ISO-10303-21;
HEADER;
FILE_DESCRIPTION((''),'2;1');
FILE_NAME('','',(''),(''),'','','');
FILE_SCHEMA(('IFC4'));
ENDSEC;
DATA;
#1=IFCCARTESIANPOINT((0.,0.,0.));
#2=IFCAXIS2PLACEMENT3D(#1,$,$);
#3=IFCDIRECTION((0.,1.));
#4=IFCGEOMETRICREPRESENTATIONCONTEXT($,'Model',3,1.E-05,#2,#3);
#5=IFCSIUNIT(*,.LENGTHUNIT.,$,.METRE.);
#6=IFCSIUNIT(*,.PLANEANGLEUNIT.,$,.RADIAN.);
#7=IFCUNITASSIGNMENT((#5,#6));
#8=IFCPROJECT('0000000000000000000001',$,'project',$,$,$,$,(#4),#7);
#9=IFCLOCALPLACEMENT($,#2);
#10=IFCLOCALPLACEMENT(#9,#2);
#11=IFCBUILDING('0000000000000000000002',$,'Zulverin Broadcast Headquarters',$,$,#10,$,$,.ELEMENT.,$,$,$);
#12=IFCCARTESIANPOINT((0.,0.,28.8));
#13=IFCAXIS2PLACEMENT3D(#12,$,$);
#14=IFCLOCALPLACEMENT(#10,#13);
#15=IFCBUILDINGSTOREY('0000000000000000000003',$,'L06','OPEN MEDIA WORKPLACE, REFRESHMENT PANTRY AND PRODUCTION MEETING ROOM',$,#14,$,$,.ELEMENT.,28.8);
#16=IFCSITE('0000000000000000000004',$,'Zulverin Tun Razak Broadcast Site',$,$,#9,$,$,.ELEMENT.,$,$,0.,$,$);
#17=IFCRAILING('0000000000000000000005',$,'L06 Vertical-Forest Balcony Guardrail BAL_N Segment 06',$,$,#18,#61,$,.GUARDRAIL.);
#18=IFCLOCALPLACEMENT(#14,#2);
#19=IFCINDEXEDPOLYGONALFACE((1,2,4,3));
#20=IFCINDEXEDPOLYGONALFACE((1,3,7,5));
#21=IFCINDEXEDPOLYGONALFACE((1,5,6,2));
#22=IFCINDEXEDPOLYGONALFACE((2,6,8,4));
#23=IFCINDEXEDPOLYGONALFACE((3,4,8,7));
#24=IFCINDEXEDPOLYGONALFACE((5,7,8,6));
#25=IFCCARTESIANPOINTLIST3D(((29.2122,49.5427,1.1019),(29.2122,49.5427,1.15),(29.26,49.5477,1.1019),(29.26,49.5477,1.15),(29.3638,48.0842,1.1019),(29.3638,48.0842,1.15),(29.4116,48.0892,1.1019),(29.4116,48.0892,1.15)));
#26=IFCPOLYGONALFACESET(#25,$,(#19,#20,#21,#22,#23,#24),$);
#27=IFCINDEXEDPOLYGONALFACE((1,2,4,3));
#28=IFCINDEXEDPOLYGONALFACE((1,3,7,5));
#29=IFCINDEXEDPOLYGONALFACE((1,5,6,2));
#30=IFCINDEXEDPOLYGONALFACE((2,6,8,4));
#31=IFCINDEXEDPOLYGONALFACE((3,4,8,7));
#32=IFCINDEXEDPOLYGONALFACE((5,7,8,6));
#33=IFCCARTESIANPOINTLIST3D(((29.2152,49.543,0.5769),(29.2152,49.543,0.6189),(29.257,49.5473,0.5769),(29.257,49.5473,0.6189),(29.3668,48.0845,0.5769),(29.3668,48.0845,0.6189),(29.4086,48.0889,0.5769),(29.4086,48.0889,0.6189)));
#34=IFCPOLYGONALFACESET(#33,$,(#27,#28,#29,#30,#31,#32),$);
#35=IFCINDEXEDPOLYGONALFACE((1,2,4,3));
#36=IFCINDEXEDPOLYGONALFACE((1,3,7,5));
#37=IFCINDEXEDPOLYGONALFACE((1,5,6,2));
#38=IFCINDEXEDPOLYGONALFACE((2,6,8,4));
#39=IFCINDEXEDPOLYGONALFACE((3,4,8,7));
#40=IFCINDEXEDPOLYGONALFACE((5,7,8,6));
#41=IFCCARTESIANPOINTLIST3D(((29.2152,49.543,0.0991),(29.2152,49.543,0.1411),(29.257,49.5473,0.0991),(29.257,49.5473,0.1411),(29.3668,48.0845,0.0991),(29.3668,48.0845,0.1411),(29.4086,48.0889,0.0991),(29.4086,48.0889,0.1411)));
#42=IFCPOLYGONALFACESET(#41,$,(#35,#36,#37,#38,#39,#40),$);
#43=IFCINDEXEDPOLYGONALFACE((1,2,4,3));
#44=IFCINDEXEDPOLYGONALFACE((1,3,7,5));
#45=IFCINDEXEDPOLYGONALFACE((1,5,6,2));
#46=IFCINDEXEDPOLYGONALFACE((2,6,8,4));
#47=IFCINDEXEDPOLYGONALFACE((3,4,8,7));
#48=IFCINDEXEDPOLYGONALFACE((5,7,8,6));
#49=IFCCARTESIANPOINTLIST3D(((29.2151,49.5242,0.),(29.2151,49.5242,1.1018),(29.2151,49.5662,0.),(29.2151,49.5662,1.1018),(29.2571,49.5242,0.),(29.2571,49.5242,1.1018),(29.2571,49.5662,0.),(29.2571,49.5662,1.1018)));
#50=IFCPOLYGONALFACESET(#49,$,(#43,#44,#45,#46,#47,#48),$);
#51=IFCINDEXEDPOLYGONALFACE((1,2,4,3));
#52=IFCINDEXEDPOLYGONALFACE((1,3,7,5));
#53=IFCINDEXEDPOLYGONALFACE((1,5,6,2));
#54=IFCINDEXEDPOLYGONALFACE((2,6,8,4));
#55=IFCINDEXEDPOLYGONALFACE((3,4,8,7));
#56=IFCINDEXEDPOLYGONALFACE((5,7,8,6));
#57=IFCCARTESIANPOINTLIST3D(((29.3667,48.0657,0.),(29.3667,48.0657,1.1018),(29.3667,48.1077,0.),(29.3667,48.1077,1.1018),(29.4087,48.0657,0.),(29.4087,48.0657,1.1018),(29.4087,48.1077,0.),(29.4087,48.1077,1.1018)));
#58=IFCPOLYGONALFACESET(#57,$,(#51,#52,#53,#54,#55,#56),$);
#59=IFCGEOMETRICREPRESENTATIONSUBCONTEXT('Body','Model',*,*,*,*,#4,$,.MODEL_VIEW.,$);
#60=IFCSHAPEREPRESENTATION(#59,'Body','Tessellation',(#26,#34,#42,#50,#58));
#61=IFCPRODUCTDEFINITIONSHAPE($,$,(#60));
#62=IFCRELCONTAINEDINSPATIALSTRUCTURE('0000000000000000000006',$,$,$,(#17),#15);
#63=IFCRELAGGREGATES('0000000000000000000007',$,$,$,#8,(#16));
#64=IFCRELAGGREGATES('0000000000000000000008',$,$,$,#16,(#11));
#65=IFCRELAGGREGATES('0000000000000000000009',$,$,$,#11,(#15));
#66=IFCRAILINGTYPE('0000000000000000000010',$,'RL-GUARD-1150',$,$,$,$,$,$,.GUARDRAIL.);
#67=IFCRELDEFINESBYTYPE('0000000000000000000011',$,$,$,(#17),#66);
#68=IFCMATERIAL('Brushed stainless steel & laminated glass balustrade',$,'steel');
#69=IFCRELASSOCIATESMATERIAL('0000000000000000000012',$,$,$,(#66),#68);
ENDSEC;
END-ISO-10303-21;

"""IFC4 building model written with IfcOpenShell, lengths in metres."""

from ifc_helpers import new_model, si_unit, direction, frame, origin, origin_2d, place, context, subcontext, project, spatial, rectangle, extrude, material, type_object, element, save


model = new_model("IFC4")

# Units and contexts
model_context = context("Model", 3, precision=1e-05, world=origin(), true_north=direction((0.0, 1.0)))
body_context = subcontext(model_context, "Body", "Model", "MODEL_VIEW")
ifc_project = project(units=[si_unit("LENGTHUNIT", "METRE"), si_unit("PLANEANGLEUNIT", "RADIAN")], contexts=[model_context])

# Site, building, storey
site_placement = place(None, origin())
site = spatial("IfcSite", under=ifc_project, at=site_placement, Name="Zulverin Tun Razak Broadcast Site", CompositionType="ELEMENT", RefElevation=0.0)
building_placement = place(site_placement, origin())
building = spatial("IfcBuilding", under=site, at=building_placement, Name="Zulverin Broadcast Headquarters", CompositionType="ELEMENT")
storey_placement = place(building_placement, frame((0.0, 0.0, 28.8)))
storey = spatial("IfcBuildingStorey", under=building, at=storey_placement, Name="L06", Description="OPEN MEDIA WORKPLACE, REFRESHMENT PANTRY AND PRODUCTION MEETING ROOM", CompositionType="ELEMENT", Elevation=28.8)

# Railing
ifc_material_1 = material(Name="Brushed stainless steel & laminated glass balustrade", Category="steel")
railing_type = type_object("IfcRailingType", Name="RL-GUARD-1150", PredefinedType="GUARDRAIL", material=ifc_material_1)
railing_1_placement = place(storey_placement, frame((29.2361, 49.5452, 0.0)))
element("IfcRailing", 1, at=railing_1_placement, inside=storey, type_object=railing_type, Name="L06 Vertical-Forest Balcony Guardrail BAL_N Segment 06", PredefinedType="GUARDRAIL", context=body_context, shape_type="SweptSolid", body=[
    extrude(rectangle(XDim=0.0481, YDim=0.0481, at=origin_2d()), frame((0.0, 0.0, 1.126), z_axis=(0.103393, -0.994641, 0.0), x_axis=(0.994641, 0.103393, 0.0)), (0.0, 0.0, 1.0), 1.4663),
    extrude(rectangle(XDim=0.042, YDim=0.042, at=origin_2d()), frame((0.0, 0.0, 0.5979), z_axis=(0.103393, -0.994641, 0.0), x_axis=(0.994641, 0.103393, 0.0)), (0.0, 0.0, 1.0), 1.4663),
    extrude(rectangle(XDim=0.042, YDim=0.042, at=origin_2d()), frame((0.0, 0.0, 0.1201), z_axis=(0.103393, -0.994641, 0.0), x_axis=(0.994641, 0.103393, 0.0)), (0.0, 0.0, 1.0), 1.4663),
    extrude(rectangle(XDim=0.042, YDim=0.042, at=origin_2d()), origin(), (0.0, 0.0, 1.0), 1.1018),
    extrude(rectangle(XDim=0.042, YDim=0.042, at=origin_2d()), frame((0.1516, -1.4585, 0.0)), (0.0, 0.0, 1.0), 1.1018),
])

save(model, "model.ifc")
